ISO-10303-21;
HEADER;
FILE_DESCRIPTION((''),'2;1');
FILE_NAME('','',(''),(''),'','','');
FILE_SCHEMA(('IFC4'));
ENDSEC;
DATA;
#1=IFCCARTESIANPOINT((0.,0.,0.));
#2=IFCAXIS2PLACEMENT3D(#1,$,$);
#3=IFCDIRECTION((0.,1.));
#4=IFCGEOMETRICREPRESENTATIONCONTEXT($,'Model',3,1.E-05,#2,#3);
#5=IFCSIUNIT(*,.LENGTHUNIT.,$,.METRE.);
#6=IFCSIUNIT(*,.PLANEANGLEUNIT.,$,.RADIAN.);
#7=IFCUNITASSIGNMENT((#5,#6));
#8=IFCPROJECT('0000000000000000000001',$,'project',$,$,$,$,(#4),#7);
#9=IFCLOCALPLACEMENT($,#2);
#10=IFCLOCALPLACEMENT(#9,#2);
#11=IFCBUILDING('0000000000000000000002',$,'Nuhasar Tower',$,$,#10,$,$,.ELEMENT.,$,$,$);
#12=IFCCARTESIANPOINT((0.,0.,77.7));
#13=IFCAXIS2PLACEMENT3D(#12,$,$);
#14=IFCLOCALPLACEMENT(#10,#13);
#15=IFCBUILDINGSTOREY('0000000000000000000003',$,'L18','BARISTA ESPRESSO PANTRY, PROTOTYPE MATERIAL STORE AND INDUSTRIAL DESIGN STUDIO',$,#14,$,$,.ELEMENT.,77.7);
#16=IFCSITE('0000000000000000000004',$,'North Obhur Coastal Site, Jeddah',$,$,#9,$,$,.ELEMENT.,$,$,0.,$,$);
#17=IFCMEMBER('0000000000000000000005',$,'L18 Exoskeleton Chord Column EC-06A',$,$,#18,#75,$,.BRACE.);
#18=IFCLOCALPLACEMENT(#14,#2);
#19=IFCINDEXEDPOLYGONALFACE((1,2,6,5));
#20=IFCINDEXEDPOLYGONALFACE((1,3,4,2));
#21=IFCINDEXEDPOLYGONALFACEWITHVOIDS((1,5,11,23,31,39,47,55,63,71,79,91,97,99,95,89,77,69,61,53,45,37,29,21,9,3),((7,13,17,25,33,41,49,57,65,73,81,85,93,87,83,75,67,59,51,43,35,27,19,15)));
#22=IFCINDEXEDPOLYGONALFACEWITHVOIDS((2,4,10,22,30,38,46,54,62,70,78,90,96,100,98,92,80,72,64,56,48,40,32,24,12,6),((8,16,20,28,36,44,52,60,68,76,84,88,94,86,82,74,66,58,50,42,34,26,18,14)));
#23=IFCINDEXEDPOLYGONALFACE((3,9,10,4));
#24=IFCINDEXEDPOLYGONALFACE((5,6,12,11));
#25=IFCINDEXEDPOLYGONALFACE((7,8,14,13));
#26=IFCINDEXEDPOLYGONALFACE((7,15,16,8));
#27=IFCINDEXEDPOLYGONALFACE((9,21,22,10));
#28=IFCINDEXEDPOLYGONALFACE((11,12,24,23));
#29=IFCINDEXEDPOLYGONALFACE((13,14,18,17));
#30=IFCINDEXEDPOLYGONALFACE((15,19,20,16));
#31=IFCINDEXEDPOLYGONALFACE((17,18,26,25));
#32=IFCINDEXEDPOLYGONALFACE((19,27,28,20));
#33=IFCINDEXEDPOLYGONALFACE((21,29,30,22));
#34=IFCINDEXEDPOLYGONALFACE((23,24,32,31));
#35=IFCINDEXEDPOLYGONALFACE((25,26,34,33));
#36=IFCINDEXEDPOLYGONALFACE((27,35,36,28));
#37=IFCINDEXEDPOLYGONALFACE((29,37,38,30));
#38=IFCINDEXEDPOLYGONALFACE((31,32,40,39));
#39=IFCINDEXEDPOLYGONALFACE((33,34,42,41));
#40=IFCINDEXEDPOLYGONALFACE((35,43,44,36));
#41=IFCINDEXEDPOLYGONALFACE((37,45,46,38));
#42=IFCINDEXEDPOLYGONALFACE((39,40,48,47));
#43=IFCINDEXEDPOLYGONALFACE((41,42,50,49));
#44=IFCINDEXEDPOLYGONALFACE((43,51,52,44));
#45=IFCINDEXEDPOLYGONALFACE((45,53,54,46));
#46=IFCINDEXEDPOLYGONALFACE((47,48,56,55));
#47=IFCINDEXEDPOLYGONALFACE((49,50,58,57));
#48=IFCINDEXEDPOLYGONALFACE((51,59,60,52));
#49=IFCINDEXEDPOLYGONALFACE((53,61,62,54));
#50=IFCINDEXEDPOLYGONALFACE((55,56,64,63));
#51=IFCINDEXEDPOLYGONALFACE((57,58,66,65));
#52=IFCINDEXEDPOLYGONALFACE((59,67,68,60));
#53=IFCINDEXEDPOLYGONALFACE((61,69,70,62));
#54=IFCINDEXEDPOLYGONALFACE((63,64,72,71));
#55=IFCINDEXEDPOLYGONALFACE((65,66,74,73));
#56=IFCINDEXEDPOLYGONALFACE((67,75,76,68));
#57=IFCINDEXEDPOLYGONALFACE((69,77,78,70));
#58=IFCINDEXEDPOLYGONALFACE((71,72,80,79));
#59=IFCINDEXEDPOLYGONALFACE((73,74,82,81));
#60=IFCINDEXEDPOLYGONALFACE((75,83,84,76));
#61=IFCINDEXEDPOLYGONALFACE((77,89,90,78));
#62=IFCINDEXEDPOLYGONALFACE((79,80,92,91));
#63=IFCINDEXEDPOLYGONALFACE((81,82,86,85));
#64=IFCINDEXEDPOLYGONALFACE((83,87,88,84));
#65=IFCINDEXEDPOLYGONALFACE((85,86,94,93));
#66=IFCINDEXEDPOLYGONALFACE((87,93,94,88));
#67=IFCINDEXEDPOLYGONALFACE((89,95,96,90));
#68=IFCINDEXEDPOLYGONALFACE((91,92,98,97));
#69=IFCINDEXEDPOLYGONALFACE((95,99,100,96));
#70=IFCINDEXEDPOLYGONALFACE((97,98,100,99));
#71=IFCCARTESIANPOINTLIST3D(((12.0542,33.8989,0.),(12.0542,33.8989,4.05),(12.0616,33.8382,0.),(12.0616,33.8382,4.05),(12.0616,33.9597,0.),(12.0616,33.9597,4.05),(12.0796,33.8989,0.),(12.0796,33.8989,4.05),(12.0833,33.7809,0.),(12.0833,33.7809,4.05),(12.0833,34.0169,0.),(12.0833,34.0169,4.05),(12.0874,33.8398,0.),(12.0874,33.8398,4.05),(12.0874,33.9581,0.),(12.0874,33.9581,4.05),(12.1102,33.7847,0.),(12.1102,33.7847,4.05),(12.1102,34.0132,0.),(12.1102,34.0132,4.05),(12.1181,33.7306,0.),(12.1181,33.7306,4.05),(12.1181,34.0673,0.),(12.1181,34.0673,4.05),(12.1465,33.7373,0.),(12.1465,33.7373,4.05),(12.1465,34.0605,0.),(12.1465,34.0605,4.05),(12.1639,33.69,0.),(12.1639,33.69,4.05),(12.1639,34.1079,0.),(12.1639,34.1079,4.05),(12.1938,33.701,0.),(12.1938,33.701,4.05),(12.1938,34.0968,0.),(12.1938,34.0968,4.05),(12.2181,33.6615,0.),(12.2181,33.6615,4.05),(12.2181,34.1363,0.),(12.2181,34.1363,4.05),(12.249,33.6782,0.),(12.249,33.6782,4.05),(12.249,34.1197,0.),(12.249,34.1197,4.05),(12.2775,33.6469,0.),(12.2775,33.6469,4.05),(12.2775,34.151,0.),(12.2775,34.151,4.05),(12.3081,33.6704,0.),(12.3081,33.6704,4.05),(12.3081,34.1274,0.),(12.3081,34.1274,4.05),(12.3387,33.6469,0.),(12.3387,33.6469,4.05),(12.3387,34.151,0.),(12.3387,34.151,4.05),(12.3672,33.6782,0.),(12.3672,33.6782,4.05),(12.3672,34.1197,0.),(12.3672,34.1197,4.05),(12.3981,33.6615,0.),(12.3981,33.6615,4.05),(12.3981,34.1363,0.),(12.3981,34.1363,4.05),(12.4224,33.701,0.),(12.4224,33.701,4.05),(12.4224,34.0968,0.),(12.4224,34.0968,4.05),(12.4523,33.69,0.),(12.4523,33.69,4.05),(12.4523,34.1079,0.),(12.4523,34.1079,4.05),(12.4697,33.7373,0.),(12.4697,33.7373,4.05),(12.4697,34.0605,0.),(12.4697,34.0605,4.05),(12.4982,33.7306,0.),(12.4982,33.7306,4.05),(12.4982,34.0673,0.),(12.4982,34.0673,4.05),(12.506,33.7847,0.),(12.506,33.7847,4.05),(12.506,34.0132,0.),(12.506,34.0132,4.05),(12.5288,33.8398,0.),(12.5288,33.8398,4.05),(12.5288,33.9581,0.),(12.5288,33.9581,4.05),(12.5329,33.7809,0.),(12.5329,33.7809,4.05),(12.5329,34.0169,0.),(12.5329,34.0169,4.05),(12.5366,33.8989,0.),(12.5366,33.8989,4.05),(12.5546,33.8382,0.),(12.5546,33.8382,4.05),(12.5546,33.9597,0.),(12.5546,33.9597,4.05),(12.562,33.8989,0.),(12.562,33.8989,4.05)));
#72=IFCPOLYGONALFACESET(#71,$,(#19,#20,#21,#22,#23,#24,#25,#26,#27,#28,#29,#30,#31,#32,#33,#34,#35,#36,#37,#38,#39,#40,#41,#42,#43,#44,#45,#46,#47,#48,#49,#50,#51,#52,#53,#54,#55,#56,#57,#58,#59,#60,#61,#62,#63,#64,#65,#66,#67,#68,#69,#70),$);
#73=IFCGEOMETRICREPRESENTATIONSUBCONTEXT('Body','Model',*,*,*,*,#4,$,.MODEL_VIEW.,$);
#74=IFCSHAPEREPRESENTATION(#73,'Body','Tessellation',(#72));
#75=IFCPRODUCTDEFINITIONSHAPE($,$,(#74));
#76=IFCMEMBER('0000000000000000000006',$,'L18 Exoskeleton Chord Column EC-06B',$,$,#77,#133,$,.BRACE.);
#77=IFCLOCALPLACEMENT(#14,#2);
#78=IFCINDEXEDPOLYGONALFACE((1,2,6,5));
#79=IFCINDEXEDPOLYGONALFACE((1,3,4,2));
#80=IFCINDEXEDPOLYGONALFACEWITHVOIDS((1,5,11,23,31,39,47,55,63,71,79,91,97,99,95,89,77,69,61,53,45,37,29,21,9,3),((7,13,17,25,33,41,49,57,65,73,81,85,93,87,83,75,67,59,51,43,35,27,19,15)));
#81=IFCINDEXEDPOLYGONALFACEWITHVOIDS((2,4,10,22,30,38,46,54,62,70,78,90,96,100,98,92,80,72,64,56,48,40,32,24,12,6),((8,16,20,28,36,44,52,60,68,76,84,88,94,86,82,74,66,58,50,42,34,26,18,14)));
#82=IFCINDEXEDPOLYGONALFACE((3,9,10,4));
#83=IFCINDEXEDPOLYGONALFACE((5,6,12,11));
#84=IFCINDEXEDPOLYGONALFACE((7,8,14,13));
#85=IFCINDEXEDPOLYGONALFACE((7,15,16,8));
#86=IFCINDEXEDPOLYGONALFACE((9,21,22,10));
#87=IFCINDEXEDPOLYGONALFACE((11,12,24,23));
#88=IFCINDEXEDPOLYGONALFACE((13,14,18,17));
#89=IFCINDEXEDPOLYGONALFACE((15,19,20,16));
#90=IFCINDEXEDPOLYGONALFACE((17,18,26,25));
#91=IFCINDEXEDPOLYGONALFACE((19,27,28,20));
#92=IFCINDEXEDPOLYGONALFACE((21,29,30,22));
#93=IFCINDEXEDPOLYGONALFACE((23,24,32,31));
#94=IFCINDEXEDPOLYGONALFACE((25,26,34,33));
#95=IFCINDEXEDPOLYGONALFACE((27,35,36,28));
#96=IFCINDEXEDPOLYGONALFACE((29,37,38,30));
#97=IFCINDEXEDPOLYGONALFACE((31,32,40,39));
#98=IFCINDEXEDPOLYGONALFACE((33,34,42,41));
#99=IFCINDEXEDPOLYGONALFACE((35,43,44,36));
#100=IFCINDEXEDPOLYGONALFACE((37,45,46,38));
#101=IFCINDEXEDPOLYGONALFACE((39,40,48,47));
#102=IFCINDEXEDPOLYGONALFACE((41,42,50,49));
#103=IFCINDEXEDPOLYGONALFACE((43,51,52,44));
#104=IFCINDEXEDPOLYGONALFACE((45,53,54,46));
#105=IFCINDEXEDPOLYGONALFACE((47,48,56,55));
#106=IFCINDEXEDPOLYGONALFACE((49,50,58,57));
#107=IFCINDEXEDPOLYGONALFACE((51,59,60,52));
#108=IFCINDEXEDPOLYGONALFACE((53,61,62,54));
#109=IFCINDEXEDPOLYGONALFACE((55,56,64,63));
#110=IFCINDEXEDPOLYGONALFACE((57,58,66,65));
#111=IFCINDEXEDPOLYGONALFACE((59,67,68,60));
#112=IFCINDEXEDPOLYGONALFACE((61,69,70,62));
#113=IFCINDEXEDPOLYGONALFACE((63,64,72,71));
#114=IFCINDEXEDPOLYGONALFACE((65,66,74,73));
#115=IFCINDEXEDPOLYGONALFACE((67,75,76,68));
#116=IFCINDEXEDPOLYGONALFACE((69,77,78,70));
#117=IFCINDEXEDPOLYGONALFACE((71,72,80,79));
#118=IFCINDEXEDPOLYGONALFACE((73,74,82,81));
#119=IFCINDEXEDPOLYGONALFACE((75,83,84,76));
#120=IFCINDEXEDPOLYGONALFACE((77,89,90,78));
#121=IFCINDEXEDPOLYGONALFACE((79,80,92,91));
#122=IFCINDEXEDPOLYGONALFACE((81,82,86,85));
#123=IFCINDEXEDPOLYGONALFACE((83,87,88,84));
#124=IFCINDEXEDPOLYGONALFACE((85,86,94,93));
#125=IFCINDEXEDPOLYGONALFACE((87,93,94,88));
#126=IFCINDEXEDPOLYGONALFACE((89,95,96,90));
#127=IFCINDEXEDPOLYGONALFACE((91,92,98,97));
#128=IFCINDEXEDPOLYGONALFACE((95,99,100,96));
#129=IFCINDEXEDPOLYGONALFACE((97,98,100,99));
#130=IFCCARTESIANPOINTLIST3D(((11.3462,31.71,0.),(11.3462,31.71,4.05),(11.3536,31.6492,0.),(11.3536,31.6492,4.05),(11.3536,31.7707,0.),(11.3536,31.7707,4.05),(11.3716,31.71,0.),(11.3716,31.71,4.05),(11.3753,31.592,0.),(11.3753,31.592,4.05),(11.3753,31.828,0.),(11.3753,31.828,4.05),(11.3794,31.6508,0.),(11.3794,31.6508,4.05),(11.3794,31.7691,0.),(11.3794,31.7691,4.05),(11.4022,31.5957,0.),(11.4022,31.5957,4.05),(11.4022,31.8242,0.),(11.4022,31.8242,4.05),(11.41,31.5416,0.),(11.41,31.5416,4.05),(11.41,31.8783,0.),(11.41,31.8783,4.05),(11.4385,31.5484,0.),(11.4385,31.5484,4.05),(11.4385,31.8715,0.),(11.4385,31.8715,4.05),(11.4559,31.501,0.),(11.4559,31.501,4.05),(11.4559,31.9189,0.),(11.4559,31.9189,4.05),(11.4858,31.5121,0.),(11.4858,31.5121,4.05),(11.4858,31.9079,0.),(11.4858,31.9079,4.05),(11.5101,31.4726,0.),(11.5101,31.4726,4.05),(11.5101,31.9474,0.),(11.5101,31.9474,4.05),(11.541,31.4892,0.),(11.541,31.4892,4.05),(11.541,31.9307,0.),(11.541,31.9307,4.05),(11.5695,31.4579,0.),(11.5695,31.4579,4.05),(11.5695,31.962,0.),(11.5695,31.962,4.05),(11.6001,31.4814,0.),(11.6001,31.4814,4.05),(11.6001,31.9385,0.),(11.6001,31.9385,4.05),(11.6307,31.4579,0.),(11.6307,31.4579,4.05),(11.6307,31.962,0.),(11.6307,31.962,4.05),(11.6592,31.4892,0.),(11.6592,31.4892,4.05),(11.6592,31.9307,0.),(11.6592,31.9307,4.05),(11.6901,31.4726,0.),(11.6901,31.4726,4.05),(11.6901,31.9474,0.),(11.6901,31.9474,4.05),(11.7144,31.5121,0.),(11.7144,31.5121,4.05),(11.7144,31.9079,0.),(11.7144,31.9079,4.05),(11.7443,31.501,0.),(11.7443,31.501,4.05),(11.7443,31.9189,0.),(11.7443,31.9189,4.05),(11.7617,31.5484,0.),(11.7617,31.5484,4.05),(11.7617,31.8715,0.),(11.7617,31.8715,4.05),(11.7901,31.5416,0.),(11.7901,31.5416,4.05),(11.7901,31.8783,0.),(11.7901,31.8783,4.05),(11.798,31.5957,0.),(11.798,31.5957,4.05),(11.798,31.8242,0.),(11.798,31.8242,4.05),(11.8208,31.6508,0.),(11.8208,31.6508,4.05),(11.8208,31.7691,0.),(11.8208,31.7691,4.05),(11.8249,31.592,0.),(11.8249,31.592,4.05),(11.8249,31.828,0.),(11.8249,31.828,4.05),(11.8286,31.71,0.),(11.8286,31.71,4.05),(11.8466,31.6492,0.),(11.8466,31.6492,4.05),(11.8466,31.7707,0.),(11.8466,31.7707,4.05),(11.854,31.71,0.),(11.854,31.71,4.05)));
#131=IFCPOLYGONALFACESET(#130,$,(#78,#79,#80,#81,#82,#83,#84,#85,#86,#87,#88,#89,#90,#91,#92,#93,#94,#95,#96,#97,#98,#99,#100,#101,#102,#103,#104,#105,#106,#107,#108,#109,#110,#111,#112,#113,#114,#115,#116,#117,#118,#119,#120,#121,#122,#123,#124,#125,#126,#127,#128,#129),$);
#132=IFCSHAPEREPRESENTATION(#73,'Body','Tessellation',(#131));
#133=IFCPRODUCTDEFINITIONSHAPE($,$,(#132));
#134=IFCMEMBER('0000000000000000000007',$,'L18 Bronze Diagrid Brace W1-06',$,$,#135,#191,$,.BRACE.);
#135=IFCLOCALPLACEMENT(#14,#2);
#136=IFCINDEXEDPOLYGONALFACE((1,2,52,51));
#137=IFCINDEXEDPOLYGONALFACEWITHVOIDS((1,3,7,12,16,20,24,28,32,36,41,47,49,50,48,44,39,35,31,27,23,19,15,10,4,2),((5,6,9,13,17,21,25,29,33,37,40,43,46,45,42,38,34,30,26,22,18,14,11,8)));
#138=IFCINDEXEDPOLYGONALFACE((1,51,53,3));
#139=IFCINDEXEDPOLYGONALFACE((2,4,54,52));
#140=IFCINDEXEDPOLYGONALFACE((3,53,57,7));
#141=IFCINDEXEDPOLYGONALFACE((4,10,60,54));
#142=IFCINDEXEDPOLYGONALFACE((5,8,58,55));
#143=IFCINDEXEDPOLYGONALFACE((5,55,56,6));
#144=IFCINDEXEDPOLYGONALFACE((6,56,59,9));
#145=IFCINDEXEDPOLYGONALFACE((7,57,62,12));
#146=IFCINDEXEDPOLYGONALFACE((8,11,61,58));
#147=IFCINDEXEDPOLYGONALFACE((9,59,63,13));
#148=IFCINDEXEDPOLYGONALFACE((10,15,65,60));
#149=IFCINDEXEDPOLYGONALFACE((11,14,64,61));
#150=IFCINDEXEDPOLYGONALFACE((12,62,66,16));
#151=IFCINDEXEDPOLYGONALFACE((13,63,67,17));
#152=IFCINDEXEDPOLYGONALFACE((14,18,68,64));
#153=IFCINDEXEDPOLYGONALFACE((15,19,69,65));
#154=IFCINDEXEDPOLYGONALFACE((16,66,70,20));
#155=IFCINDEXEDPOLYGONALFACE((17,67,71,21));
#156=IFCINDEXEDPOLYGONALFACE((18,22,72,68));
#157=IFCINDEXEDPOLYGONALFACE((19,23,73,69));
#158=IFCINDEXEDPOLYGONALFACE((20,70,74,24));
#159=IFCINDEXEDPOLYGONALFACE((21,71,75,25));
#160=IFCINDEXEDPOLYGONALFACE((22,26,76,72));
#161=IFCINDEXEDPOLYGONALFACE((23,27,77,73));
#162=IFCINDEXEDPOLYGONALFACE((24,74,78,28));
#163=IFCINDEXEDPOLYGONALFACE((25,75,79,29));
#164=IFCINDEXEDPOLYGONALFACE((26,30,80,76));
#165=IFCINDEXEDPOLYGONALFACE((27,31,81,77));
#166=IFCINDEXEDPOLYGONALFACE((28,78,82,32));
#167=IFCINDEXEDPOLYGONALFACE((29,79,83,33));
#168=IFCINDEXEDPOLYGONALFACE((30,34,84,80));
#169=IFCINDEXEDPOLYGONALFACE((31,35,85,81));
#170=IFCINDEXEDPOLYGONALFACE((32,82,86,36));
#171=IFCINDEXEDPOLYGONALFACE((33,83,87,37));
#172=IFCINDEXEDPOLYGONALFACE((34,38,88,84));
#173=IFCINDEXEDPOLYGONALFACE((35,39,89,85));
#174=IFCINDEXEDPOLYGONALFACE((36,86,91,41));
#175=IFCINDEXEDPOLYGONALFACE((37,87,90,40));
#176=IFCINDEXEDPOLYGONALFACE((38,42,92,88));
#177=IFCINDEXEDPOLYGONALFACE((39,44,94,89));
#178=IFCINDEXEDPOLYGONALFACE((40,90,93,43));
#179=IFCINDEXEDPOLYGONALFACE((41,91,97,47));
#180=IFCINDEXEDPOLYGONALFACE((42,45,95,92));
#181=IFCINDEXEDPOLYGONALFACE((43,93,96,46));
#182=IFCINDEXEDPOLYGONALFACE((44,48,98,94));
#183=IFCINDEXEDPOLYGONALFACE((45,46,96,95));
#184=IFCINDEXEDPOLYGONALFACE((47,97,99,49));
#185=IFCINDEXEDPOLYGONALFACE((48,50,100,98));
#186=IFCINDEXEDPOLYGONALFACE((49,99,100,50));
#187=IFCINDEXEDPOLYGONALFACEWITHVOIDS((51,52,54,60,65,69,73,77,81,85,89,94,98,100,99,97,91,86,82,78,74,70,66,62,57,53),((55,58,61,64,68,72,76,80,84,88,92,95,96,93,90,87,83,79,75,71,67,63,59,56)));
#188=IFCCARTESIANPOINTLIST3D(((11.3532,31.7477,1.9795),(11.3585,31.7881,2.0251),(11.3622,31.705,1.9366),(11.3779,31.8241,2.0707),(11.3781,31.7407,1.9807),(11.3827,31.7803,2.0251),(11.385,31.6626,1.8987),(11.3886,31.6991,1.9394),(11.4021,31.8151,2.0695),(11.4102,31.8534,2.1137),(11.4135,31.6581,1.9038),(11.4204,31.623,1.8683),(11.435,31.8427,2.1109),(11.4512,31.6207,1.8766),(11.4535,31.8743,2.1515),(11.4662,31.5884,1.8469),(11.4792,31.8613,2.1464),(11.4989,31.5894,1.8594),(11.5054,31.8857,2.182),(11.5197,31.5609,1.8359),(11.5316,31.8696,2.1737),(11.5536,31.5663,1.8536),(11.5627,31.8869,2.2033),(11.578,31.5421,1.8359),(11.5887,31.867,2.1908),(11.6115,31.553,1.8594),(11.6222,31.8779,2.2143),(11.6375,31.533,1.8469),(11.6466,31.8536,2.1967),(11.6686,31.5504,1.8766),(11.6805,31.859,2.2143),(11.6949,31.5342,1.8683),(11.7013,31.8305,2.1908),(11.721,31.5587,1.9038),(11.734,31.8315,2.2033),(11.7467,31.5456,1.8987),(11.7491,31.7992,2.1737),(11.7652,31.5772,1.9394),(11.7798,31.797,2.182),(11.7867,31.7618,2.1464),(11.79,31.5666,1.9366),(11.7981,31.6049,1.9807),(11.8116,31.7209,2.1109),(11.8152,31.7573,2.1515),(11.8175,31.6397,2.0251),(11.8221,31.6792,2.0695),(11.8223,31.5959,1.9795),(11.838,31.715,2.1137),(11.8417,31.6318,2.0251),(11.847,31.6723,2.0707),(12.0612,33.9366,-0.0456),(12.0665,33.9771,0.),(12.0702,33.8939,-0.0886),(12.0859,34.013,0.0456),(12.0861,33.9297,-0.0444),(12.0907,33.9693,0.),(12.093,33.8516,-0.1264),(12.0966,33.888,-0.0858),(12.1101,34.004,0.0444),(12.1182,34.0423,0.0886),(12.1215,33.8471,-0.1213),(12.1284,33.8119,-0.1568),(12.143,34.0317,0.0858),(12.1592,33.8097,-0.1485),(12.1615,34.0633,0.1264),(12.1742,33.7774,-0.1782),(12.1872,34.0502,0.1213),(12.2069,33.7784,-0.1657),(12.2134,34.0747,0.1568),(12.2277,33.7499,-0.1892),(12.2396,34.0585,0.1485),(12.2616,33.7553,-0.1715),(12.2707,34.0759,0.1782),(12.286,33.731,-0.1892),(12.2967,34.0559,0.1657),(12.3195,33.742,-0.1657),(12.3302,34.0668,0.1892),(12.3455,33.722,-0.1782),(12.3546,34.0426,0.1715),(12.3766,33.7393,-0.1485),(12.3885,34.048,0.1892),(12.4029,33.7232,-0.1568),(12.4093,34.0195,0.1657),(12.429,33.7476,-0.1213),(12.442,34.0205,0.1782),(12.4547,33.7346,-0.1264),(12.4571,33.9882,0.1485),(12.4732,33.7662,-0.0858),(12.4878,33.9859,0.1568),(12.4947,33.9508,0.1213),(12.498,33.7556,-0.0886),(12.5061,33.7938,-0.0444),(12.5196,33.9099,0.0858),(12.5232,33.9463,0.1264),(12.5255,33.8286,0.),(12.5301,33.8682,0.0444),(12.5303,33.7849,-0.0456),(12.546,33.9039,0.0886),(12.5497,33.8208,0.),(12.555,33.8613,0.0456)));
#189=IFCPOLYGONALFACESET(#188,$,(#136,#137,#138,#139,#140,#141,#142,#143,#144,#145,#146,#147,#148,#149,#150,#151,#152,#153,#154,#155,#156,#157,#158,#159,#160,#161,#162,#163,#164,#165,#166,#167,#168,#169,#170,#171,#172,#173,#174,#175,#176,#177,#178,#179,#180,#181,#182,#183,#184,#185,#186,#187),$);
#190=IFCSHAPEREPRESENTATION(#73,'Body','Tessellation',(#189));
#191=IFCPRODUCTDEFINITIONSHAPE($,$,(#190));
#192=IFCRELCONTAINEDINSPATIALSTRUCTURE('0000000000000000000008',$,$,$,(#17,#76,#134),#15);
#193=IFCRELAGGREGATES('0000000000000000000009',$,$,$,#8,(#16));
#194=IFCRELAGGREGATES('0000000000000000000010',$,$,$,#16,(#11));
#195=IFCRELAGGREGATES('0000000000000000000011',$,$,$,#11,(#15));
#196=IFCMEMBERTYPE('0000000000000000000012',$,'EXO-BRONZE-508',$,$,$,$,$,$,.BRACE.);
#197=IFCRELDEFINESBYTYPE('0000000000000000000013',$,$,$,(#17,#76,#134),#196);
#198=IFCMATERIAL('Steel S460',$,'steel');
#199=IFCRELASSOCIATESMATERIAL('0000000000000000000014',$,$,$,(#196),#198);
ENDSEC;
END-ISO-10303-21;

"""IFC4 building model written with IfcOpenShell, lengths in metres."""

from ifc_helpers import new_model, si_unit, direction, frame, origin, origin_2d, place, context, subcontext, project, spatial, hollow_circle, extrude, material, material_profile, profile_set, type_object, element, save


model = new_model("IFC4")

# Units and contexts
model_context = context("Model", 3, precision=1e-05, world=origin(), true_north=direction((0.0, 1.0)))
body_context = subcontext(model_context, "Body", "Model", "MODEL_VIEW")
ifc_project = project(units=[si_unit("LENGTHUNIT", "METRE"), si_unit("PLANEANGLEUNIT", "RADIAN")], contexts=[model_context])

# Site, building, storey
site_placement = place(None, origin())
site = spatial("IfcSite", under=ifc_project, at=site_placement, Name="North Obhur Coastal Site, Jeddah", CompositionType="ELEMENT", RefElevation=0.0)
building_placement = place(site_placement, origin())
building = spatial("IfcBuilding", under=site, at=building_placement, Name="Nuhasar Tower", CompositionType="ELEMENT")
storey_placement = place(building_placement, frame((0.0, 0.0, 77.7)))
storey = spatial("IfcBuildingStorey", under=building, at=storey_placement, Name="L18", Description="BARISTA ESPRESSO PANTRY, PROTOTYPE MATERIAL STORE AND INDUSTRIAL DESIGN STUDIO", CompositionType="ELEMENT", Elevation=77.7)

# Members
ifc_material_1 = material(Name="Steel S460", Category="steel")
ifc_material_profile_1 = material_profile(ifc_material_1, hollow_circle(Radius=0.2539, WallThickness=0.0254, at=origin_2d()), Name="HSS508X25.4")
ifc_profile_set_1 = profile_set([ifc_material_profile_1], Name="Steel S460")
member_type_1 = type_object("IfcMemberType", Name="EXO-BRONZE-508", PredefinedType="BRACE", material=ifc_profile_set_1)
for number, where, z_axis, x_axis, name in (
    (1, (12.3081, 33.8989, 0.0), (0.0, 0.0, 1.0), (1.0, 0.0, 0.0), "L18 Exoskeleton Chord Column EC-06A"),
    (2, (11.6001, 31.71, 0.0), (0.0, 0.0, 1.0), (1.0, 0.0, 0.0), "L18 Exoskeleton Chord Column EC-06B"),
):
    element("IfcMember", number, at=place(storey_placement, frame(where, z_axis=z_axis, x_axis=x_axis)), inside=storey, type_object=member_type_1, Name=name, PredefinedType="BRACE", context=body_context, shape_type="SweptSolid", body=[
        extrude(hollow_circle(Radius=0.2539, WallThickness=0.0254, at=origin_2d()), origin(), (0.0, 0.0, 1.0), 4.05),
    ])
member_1_placement = place(storey_placement, frame((12.3081, 33.8989, 0.0), z_axis=(-0.231, -0.714187, 0.660739), x_axis=(0.951468, -0.307747, 0.0)))
element("IfcMember", 3, at=member_1_placement, inside=storey, type_object=member_type_1, Name="L18 Bronze Diagrid Brace W1-06", PredefinedType="BRACE", context=body_context, shape_type="SweptSolid", body=[
    extrude(hollow_circle(Radius=0.2539, WallThickness=0.0254, at=origin_2d()), origin(), (0.0, 0.0, 1.0), 3.0649),
])

save(model, "model.ifc")
